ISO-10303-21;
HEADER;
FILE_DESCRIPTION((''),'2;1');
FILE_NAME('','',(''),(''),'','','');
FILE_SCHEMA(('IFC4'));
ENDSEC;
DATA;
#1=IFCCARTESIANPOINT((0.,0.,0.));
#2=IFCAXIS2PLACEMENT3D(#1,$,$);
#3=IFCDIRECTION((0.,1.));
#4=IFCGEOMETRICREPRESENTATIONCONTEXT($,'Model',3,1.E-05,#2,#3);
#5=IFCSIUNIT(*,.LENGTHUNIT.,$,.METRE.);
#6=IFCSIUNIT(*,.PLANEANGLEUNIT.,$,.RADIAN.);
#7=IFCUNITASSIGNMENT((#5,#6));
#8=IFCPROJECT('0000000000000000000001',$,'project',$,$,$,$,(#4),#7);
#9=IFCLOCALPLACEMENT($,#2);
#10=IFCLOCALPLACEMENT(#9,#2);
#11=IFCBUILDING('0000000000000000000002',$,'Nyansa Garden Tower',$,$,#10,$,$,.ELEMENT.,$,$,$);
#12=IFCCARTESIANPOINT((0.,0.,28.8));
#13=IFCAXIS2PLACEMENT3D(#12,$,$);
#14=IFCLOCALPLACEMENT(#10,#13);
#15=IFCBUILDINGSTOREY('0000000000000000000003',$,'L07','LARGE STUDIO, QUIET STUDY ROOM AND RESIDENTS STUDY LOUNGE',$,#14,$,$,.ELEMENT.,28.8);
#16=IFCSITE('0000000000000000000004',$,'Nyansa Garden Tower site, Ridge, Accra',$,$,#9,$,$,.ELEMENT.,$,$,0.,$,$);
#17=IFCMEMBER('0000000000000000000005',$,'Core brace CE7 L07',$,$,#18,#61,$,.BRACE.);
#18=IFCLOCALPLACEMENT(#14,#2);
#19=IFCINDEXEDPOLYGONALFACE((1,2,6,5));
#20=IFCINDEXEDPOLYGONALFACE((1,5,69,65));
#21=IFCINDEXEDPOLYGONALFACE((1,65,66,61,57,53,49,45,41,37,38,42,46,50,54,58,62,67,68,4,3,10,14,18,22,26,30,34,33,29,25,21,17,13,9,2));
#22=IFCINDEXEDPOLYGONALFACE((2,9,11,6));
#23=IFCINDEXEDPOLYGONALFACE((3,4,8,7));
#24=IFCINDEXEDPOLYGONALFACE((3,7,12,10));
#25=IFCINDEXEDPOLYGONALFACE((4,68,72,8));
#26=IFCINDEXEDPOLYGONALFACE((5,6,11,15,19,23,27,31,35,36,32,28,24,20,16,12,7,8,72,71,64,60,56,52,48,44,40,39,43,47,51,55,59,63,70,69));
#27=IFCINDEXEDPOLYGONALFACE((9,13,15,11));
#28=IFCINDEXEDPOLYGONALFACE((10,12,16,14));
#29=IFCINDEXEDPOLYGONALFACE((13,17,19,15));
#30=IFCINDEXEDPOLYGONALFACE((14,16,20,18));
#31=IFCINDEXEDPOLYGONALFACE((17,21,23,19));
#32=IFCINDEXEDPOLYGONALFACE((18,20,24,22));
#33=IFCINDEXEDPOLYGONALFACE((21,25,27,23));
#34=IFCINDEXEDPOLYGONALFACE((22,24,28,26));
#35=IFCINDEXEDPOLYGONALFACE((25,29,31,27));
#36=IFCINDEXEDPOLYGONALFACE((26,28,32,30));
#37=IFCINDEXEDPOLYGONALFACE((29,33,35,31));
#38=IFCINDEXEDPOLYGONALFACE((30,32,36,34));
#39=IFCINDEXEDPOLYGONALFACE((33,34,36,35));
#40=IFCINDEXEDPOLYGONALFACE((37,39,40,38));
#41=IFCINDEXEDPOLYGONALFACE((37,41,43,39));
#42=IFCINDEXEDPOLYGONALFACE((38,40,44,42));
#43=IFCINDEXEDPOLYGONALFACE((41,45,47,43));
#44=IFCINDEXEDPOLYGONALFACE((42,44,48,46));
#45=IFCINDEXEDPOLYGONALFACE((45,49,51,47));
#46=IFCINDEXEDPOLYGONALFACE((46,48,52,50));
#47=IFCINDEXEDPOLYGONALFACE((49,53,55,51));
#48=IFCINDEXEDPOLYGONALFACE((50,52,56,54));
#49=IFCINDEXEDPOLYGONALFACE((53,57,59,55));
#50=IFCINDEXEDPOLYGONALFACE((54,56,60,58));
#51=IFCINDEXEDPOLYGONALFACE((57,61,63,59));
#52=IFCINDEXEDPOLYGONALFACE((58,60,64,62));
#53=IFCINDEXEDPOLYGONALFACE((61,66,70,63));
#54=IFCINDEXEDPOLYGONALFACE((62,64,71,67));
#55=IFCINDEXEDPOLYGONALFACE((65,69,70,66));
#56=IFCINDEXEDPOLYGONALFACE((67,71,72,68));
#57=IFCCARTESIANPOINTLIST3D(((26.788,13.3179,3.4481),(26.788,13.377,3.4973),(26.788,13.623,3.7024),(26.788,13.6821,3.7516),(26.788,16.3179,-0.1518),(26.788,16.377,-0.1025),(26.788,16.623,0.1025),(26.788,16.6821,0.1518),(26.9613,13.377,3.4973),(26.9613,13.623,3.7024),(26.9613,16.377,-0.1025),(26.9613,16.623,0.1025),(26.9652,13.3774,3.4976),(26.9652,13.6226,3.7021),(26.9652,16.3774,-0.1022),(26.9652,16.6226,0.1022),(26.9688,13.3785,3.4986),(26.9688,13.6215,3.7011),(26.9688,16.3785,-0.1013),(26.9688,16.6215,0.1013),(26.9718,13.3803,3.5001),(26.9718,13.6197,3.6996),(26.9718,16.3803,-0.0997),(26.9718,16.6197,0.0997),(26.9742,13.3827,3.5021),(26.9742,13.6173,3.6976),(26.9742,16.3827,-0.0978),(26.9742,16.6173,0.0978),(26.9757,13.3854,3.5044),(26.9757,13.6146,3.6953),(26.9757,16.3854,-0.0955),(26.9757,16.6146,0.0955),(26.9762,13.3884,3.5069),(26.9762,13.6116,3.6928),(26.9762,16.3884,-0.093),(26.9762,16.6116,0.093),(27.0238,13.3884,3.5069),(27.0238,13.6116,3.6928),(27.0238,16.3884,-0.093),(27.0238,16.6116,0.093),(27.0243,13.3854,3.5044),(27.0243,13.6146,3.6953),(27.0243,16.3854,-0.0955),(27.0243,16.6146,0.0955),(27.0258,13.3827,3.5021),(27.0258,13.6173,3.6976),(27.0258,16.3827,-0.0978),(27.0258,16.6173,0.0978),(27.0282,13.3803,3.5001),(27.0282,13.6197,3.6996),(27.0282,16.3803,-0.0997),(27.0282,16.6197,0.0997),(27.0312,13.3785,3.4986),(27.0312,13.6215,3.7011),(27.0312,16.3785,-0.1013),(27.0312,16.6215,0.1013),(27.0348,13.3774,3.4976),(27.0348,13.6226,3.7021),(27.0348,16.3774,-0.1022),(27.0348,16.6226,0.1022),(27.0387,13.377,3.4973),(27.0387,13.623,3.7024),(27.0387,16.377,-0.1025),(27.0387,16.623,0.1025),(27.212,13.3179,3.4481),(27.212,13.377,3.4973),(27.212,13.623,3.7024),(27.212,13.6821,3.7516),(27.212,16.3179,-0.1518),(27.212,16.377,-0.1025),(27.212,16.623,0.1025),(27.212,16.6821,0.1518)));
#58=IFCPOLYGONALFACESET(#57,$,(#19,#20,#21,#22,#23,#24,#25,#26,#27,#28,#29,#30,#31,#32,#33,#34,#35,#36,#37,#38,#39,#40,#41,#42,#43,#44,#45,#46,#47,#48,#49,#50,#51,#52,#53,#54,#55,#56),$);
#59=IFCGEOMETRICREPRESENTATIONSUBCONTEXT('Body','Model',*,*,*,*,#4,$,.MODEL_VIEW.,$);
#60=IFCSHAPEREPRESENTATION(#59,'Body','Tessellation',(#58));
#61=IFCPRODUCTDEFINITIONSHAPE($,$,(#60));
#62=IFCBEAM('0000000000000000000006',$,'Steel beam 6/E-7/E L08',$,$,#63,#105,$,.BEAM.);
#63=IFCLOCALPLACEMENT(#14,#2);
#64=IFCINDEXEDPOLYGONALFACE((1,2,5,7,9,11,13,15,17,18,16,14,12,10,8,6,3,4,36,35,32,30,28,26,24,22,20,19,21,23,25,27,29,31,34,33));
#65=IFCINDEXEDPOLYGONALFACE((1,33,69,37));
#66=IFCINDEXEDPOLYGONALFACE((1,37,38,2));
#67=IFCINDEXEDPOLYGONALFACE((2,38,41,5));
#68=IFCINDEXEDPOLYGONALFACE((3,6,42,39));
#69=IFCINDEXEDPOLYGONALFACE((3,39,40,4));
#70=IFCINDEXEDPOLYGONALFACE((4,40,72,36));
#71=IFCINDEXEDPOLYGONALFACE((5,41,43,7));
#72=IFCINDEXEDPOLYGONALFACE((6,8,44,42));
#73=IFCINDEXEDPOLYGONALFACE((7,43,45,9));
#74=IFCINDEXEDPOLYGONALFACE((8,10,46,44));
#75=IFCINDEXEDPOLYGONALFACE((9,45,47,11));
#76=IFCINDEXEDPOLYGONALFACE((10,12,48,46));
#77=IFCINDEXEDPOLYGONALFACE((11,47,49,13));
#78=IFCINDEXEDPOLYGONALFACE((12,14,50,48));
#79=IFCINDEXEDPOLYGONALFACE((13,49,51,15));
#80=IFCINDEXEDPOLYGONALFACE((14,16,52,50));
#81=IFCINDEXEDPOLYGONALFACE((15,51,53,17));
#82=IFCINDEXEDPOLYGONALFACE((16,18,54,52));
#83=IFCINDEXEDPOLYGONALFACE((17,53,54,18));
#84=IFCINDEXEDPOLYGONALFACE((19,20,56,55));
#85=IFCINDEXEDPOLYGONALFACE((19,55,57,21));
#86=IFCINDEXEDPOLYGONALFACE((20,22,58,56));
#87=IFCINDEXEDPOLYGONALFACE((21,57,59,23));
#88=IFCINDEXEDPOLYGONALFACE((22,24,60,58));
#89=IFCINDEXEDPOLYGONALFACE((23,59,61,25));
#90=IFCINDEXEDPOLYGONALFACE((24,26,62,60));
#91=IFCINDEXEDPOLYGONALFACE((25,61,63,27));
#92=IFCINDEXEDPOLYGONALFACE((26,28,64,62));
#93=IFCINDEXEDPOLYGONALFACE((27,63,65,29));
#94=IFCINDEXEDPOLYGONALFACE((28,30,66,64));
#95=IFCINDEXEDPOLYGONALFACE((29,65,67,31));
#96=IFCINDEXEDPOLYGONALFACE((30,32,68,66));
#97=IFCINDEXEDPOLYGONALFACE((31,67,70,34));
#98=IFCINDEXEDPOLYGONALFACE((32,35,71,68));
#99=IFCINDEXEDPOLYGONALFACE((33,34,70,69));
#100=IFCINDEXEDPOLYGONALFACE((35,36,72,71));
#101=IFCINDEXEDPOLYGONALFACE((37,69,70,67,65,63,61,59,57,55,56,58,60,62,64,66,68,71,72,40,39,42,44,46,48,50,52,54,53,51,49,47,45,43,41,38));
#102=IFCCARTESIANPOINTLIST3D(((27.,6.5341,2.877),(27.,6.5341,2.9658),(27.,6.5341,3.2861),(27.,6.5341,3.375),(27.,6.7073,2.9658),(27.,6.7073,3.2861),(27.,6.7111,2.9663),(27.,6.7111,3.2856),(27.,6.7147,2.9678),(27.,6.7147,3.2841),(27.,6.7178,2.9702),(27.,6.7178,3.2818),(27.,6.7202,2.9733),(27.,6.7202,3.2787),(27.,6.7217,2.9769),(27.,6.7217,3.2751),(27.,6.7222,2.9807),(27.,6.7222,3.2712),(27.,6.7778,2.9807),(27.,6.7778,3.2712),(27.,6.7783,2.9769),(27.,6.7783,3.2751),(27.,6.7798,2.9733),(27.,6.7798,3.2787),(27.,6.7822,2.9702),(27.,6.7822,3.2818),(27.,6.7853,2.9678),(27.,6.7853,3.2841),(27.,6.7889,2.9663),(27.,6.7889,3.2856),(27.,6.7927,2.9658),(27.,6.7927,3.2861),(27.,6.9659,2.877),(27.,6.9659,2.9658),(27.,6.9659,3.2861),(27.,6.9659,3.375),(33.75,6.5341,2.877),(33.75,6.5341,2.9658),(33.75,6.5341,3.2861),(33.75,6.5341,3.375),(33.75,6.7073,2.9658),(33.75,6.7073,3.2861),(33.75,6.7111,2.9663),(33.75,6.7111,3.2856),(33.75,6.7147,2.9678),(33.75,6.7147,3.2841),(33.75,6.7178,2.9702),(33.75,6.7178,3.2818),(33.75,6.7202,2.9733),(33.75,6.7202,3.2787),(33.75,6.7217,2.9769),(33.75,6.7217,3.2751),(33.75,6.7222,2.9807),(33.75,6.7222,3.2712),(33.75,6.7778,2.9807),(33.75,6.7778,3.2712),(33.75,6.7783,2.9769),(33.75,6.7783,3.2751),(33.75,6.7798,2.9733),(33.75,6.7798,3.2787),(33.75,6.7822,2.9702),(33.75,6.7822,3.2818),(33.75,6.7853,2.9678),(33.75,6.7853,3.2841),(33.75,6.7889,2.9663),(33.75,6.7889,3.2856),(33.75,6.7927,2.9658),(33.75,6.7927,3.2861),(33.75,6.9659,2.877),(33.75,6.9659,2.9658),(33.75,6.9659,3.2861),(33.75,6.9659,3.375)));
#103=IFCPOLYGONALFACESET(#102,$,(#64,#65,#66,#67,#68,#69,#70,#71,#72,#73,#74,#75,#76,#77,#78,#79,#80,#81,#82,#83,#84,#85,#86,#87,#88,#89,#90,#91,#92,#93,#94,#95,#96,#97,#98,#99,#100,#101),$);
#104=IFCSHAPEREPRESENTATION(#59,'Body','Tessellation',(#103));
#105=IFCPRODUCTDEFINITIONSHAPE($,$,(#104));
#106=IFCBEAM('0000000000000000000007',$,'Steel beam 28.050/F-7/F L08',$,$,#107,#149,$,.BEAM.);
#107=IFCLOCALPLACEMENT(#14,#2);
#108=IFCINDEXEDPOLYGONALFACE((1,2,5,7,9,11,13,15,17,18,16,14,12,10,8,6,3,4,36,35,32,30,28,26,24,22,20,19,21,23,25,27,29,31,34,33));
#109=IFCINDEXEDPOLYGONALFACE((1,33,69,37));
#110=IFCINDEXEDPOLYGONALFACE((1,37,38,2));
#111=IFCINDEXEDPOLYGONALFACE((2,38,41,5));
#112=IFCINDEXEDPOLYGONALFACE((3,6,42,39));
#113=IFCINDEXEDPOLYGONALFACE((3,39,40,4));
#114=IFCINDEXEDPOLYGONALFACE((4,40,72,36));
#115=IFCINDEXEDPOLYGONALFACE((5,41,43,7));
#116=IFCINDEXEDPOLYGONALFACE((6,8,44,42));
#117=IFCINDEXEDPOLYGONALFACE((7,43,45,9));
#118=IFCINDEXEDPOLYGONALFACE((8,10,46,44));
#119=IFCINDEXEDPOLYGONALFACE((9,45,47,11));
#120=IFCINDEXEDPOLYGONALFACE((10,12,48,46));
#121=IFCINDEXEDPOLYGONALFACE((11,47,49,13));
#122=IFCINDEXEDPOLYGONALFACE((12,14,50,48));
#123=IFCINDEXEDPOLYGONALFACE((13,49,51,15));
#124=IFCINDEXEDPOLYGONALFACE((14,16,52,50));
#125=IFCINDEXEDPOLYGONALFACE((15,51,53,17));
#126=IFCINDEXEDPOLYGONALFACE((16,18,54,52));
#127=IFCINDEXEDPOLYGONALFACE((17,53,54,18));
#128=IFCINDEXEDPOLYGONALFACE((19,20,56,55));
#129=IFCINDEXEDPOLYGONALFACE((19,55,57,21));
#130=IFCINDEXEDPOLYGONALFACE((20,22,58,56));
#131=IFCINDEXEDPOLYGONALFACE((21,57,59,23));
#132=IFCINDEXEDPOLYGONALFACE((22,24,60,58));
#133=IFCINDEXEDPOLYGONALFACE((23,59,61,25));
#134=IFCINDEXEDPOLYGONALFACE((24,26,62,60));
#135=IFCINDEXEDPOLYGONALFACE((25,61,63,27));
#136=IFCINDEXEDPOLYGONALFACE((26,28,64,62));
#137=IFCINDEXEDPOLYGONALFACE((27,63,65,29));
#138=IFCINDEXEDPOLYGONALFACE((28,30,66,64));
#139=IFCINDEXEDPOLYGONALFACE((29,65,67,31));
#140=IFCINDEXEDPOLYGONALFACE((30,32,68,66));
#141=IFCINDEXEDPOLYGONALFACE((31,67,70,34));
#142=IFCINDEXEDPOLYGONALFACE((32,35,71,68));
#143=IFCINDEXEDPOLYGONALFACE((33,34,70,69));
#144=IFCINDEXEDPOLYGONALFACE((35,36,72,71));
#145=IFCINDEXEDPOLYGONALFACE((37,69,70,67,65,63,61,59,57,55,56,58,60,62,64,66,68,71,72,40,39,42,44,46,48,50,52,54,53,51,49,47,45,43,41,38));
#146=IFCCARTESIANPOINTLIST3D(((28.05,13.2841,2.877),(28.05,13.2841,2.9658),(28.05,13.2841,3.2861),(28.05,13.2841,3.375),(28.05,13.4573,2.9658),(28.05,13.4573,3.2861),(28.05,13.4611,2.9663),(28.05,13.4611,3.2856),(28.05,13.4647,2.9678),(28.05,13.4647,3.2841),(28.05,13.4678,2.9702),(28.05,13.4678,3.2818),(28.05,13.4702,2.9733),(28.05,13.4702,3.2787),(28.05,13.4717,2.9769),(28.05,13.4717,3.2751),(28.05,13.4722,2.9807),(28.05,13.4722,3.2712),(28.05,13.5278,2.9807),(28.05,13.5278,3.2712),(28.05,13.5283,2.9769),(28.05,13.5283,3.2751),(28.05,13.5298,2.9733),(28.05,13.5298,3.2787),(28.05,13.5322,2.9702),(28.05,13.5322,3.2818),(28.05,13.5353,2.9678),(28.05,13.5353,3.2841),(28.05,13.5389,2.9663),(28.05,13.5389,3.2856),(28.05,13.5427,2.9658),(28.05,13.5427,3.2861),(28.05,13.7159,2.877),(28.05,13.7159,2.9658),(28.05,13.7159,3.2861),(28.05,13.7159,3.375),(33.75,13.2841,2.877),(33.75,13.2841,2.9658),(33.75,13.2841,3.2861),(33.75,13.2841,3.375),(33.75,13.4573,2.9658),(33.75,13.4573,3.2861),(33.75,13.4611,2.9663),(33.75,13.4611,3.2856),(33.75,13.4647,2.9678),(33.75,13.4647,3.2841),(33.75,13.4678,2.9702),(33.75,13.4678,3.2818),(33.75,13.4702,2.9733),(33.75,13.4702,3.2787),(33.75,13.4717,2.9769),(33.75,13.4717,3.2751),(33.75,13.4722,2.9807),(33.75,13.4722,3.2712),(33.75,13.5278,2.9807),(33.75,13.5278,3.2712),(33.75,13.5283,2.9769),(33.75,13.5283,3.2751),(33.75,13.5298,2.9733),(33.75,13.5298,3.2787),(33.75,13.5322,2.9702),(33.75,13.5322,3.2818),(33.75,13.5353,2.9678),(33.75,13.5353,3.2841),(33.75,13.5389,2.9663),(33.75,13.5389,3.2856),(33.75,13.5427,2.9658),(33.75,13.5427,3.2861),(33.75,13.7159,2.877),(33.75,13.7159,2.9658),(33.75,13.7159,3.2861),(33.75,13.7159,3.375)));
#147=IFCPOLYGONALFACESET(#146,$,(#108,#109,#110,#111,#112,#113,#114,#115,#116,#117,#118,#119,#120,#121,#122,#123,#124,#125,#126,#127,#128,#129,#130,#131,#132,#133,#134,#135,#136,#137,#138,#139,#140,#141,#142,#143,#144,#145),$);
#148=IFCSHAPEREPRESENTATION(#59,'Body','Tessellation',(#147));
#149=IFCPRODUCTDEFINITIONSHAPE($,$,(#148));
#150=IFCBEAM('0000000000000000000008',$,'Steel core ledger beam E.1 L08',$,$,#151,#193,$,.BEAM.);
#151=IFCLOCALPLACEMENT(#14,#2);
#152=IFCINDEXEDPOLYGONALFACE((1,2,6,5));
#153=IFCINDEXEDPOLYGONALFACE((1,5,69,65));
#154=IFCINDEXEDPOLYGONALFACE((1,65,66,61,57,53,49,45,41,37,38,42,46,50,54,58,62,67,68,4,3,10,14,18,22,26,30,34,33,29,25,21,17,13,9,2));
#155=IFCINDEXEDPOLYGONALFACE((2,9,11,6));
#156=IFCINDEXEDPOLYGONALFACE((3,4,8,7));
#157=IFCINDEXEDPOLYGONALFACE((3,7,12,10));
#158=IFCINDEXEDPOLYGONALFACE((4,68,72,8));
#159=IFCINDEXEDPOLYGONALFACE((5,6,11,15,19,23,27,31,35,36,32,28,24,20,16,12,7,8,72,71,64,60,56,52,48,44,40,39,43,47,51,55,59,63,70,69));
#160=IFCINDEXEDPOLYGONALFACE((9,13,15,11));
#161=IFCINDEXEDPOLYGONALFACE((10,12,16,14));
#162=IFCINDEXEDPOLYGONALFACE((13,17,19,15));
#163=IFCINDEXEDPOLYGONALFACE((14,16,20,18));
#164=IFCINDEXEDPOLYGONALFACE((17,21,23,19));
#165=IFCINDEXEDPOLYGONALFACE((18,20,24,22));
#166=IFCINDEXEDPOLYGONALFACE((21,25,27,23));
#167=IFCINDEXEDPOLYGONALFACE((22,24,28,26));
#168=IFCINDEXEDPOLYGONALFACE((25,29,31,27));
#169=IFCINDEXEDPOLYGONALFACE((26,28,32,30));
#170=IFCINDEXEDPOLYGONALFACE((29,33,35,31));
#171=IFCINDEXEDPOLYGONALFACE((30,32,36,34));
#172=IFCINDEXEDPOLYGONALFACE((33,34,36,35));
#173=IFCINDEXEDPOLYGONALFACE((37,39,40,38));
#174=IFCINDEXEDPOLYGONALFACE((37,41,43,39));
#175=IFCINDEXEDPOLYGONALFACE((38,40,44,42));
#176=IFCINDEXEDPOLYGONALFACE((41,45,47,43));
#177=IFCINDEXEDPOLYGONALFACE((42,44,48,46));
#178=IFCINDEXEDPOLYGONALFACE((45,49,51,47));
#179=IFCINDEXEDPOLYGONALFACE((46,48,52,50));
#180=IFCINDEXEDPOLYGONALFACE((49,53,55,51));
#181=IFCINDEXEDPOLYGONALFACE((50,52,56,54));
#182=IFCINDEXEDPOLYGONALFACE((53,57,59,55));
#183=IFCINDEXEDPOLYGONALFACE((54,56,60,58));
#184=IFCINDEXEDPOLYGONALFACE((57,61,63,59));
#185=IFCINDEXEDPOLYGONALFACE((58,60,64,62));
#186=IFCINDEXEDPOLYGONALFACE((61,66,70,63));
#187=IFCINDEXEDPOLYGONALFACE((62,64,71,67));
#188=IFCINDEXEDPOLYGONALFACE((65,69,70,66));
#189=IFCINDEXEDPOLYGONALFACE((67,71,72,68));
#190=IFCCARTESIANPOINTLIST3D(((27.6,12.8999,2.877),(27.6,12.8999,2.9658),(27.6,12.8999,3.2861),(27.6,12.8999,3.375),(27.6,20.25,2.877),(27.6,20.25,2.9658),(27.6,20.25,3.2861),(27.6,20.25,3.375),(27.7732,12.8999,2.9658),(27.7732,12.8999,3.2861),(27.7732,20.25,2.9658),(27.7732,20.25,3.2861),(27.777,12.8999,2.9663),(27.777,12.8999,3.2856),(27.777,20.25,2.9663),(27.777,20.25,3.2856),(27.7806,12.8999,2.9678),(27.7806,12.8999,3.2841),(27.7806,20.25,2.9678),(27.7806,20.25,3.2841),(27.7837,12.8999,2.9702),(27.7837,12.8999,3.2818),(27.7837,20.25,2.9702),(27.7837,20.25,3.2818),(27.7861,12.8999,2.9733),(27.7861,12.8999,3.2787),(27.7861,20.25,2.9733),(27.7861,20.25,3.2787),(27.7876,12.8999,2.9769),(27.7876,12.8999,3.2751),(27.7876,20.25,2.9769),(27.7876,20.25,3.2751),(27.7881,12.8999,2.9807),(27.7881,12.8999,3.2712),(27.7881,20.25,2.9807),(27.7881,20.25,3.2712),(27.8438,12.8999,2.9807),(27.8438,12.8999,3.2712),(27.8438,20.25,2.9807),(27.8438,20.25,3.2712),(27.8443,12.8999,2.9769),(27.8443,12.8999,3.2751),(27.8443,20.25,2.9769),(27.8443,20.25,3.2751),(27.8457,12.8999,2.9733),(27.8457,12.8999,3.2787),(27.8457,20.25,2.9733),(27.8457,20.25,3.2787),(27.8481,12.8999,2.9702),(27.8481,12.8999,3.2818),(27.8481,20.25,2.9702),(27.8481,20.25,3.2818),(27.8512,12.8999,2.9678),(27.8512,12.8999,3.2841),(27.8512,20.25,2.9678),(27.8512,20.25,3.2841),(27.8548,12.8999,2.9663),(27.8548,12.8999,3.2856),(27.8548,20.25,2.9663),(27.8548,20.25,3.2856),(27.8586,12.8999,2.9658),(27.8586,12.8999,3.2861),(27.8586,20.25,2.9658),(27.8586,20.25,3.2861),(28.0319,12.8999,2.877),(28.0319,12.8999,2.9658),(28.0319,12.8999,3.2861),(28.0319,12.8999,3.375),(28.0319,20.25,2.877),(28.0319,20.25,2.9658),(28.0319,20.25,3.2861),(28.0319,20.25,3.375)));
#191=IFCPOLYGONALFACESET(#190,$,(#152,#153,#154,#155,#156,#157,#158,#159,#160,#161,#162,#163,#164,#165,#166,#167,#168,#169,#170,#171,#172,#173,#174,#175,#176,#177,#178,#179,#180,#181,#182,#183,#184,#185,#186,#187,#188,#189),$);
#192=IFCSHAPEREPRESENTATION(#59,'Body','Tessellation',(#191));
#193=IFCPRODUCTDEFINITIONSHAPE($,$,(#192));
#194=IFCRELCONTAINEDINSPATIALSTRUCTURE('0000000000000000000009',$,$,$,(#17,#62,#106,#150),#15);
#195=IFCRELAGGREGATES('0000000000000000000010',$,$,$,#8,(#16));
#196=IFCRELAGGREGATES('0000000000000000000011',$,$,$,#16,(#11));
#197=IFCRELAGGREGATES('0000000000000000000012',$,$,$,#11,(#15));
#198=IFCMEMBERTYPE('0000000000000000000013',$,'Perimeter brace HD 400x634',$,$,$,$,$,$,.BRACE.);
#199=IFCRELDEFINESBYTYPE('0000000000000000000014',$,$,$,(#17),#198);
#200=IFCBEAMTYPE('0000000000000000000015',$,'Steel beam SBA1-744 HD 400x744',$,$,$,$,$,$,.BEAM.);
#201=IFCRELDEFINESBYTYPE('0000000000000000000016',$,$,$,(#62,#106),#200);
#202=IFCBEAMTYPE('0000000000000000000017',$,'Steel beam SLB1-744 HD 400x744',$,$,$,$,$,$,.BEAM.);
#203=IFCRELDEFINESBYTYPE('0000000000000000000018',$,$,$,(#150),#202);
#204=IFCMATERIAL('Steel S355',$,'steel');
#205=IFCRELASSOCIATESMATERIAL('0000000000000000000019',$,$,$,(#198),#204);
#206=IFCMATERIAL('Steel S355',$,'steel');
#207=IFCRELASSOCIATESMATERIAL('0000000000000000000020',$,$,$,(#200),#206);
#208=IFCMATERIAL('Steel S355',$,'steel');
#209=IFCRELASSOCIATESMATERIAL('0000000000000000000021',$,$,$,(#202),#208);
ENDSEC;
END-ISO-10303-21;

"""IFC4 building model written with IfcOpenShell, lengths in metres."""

from ifc_helpers import new_model, si_unit, direction, frame, origin, origin_2d, place, context, subcontext, project, spatial, i_section, extrude, material, material_profile, profile_set, type_object, element, save


model = new_model("IFC4")

# Units and contexts
model_context = context("Model", 3, precision=1e-05, world=origin(), true_north=direction((0.0, 1.0)))
body_context = subcontext(model_context, "Body", "Model", "MODEL_VIEW")
ifc_project = project(units=[si_unit("LENGTHUNIT", "METRE"), si_unit("PLANEANGLEUNIT", "RADIAN")], contexts=[model_context])

# Site, building, storey
site_placement = place(None, origin())
site = spatial("IfcSite", under=ifc_project, at=site_placement, Name="Nyansa Garden Tower site, Ridge, Accra", CompositionType="ELEMENT", RefElevation=0.0)
building_placement = place(site_placement, origin())
building = spatial("IfcBuilding", under=site, at=building_placement, Name="Nyansa Garden Tower", CompositionType="ELEMENT")
storey_placement = place(building_placement, frame((0.0, 0.0, 28.8)))
storey = spatial("IfcBuildingStorey", under=building, at=storey_placement, Name="L07", Description="LARGE STUDIO, QUIET STUDY ROOM AND RESIDENTS STUDY LOUNGE", CompositionType="ELEMENT", Elevation=28.8)

# Member
ifc_material_1 = material(Name="Steel S355", Category="steel")
ifc_material_profile_1 = material_profile(ifc_material_1, i_section(OverallWidth=0.4241, OverallDepth=0.4741, WebThickness=0.0476, FlangeThickness=0.0769, FilletRadius=0.0149, at=origin_2d()), Name="HD 400x634")
ifc_profile_set_1 = profile_set([ifc_material_profile_1], Name="Steel S355")
member_type = type_object("IfcMemberType", Name="Perimeter brace HD 400x634", PredefinedType="BRACE", material=ifc_profile_set_1)
member_placement = place(storey_placement, frame((27.0, 16.5, 0.0), z_axis=(0.0, -0.6402, 0.768208), x_axis=(1.0, 0.0, 0.0)))
element("IfcMember", 1, at=member_placement, inside=storey, type_object=member_type, Name="Core brace CE7 L07", PredefinedType="BRACE", context=body_context, shape_type="SweptSolid", body=[
    extrude(i_section(OverallWidth=0.4241, OverallDepth=0.4741, WebThickness=0.0476, FlangeThickness=0.0769, FilletRadius=0.0149, at=origin_2d()), origin(), (0.0, 0.0, 1.0), 4.686),
])

# Beams
ifc_material_2 = material(Name="Steel S355", Category="steel")
ifc_material_profile_2 = material_profile(ifc_material_2, i_section(OverallWidth=0.4319, OverallDepth=0.498, WebThickness=0.0557, FlangeThickness=0.0889, FilletRadius=0.0149, at=origin_2d()), Name="HD 400x744")
ifc_profile_set_2 = profile_set([ifc_material_profile_2], Name="Steel S355")
beam_type_1 = type_object("IfcBeamType", Name="Steel beam SBA1-744 HD 400x744", PredefinedType="BEAM", material=ifc_profile_set_2)
beam_1_placement = place(storey_placement, frame((27.0, 6.75, 3.126), z_axis=(1.0, 0.0, 0.0), x_axis=(0.0, 1.0, 0.0)))
element("IfcBeam", 2, at=beam_1_placement, inside=storey, type_object=beam_type_1, Name="Steel beam 6/E-7/E L08", PredefinedType="BEAM", context=body_context, shape_type="SweptSolid", body=[
    extrude(i_section(OverallWidth=0.4319, OverallDepth=0.498, WebThickness=0.0557, FlangeThickness=0.0889, FilletRadius=0.0149, at=origin_2d()), origin(), (0.0, 0.0, 1.0), 6.75),
])
beam_2_placement = place(storey_placement, frame((28.05, 13.5, 3.126), z_axis=(1.0, 0.0, 0.0), x_axis=(0.0, 1.0, 0.0)))
element("IfcBeam", 3, at=beam_2_placement, inside=storey, type_object=beam_type_1, Name="Steel beam 28.050/F-7/F L08", PredefinedType="BEAM", context=body_context, shape_type="SweptSolid", body=[
    extrude(i_section(OverallWidth=0.4319, OverallDepth=0.498, WebThickness=0.0557, FlangeThickness=0.0889, FilletRadius=0.0149, at=origin_2d()), origin(), (0.0, 0.0, 1.0), 5.7),
])
ifc_material_3 = material(Name="Steel S355", Category="steel")
ifc_material_profile_3 = material_profile(ifc_material_3, i_section(OverallWidth=0.4319, OverallDepth=0.498, WebThickness=0.0557, FlangeThickness=0.0889, FilletRadius=0.0149, at=origin_2d()), Name="HD 400x744")
ifc_profile_set_3 = profile_set([ifc_material_profile_3], Name="Steel S355")
beam_type_2 = type_object("IfcBeamType", Name="Steel beam SLB1-744 HD 400x744", PredefinedType="BEAM", material=ifc_profile_set_3)
beam_3_placement = place(storey_placement, frame((27.8159, 12.8999, 3.126), z_axis=(0.0, 1.0, 0.0), x_axis=(-1.0, 0.0, 0.0)))
element("IfcBeam", 4, at=beam_3_placement, inside=storey, type_object=beam_type_2, Name="Steel core ledger beam E.1 L08", PredefinedType="BEAM", context=body_context, shape_type="SweptSolid", body=[
    extrude(i_section(OverallWidth=0.4319, OverallDepth=0.498, WebThickness=0.0557, FlangeThickness=0.0889, FilletRadius=0.0149, at=origin_2d()), origin(), (0.0, 0.0, 1.0), 7.3501),
])

save(model, "model.ifc")
